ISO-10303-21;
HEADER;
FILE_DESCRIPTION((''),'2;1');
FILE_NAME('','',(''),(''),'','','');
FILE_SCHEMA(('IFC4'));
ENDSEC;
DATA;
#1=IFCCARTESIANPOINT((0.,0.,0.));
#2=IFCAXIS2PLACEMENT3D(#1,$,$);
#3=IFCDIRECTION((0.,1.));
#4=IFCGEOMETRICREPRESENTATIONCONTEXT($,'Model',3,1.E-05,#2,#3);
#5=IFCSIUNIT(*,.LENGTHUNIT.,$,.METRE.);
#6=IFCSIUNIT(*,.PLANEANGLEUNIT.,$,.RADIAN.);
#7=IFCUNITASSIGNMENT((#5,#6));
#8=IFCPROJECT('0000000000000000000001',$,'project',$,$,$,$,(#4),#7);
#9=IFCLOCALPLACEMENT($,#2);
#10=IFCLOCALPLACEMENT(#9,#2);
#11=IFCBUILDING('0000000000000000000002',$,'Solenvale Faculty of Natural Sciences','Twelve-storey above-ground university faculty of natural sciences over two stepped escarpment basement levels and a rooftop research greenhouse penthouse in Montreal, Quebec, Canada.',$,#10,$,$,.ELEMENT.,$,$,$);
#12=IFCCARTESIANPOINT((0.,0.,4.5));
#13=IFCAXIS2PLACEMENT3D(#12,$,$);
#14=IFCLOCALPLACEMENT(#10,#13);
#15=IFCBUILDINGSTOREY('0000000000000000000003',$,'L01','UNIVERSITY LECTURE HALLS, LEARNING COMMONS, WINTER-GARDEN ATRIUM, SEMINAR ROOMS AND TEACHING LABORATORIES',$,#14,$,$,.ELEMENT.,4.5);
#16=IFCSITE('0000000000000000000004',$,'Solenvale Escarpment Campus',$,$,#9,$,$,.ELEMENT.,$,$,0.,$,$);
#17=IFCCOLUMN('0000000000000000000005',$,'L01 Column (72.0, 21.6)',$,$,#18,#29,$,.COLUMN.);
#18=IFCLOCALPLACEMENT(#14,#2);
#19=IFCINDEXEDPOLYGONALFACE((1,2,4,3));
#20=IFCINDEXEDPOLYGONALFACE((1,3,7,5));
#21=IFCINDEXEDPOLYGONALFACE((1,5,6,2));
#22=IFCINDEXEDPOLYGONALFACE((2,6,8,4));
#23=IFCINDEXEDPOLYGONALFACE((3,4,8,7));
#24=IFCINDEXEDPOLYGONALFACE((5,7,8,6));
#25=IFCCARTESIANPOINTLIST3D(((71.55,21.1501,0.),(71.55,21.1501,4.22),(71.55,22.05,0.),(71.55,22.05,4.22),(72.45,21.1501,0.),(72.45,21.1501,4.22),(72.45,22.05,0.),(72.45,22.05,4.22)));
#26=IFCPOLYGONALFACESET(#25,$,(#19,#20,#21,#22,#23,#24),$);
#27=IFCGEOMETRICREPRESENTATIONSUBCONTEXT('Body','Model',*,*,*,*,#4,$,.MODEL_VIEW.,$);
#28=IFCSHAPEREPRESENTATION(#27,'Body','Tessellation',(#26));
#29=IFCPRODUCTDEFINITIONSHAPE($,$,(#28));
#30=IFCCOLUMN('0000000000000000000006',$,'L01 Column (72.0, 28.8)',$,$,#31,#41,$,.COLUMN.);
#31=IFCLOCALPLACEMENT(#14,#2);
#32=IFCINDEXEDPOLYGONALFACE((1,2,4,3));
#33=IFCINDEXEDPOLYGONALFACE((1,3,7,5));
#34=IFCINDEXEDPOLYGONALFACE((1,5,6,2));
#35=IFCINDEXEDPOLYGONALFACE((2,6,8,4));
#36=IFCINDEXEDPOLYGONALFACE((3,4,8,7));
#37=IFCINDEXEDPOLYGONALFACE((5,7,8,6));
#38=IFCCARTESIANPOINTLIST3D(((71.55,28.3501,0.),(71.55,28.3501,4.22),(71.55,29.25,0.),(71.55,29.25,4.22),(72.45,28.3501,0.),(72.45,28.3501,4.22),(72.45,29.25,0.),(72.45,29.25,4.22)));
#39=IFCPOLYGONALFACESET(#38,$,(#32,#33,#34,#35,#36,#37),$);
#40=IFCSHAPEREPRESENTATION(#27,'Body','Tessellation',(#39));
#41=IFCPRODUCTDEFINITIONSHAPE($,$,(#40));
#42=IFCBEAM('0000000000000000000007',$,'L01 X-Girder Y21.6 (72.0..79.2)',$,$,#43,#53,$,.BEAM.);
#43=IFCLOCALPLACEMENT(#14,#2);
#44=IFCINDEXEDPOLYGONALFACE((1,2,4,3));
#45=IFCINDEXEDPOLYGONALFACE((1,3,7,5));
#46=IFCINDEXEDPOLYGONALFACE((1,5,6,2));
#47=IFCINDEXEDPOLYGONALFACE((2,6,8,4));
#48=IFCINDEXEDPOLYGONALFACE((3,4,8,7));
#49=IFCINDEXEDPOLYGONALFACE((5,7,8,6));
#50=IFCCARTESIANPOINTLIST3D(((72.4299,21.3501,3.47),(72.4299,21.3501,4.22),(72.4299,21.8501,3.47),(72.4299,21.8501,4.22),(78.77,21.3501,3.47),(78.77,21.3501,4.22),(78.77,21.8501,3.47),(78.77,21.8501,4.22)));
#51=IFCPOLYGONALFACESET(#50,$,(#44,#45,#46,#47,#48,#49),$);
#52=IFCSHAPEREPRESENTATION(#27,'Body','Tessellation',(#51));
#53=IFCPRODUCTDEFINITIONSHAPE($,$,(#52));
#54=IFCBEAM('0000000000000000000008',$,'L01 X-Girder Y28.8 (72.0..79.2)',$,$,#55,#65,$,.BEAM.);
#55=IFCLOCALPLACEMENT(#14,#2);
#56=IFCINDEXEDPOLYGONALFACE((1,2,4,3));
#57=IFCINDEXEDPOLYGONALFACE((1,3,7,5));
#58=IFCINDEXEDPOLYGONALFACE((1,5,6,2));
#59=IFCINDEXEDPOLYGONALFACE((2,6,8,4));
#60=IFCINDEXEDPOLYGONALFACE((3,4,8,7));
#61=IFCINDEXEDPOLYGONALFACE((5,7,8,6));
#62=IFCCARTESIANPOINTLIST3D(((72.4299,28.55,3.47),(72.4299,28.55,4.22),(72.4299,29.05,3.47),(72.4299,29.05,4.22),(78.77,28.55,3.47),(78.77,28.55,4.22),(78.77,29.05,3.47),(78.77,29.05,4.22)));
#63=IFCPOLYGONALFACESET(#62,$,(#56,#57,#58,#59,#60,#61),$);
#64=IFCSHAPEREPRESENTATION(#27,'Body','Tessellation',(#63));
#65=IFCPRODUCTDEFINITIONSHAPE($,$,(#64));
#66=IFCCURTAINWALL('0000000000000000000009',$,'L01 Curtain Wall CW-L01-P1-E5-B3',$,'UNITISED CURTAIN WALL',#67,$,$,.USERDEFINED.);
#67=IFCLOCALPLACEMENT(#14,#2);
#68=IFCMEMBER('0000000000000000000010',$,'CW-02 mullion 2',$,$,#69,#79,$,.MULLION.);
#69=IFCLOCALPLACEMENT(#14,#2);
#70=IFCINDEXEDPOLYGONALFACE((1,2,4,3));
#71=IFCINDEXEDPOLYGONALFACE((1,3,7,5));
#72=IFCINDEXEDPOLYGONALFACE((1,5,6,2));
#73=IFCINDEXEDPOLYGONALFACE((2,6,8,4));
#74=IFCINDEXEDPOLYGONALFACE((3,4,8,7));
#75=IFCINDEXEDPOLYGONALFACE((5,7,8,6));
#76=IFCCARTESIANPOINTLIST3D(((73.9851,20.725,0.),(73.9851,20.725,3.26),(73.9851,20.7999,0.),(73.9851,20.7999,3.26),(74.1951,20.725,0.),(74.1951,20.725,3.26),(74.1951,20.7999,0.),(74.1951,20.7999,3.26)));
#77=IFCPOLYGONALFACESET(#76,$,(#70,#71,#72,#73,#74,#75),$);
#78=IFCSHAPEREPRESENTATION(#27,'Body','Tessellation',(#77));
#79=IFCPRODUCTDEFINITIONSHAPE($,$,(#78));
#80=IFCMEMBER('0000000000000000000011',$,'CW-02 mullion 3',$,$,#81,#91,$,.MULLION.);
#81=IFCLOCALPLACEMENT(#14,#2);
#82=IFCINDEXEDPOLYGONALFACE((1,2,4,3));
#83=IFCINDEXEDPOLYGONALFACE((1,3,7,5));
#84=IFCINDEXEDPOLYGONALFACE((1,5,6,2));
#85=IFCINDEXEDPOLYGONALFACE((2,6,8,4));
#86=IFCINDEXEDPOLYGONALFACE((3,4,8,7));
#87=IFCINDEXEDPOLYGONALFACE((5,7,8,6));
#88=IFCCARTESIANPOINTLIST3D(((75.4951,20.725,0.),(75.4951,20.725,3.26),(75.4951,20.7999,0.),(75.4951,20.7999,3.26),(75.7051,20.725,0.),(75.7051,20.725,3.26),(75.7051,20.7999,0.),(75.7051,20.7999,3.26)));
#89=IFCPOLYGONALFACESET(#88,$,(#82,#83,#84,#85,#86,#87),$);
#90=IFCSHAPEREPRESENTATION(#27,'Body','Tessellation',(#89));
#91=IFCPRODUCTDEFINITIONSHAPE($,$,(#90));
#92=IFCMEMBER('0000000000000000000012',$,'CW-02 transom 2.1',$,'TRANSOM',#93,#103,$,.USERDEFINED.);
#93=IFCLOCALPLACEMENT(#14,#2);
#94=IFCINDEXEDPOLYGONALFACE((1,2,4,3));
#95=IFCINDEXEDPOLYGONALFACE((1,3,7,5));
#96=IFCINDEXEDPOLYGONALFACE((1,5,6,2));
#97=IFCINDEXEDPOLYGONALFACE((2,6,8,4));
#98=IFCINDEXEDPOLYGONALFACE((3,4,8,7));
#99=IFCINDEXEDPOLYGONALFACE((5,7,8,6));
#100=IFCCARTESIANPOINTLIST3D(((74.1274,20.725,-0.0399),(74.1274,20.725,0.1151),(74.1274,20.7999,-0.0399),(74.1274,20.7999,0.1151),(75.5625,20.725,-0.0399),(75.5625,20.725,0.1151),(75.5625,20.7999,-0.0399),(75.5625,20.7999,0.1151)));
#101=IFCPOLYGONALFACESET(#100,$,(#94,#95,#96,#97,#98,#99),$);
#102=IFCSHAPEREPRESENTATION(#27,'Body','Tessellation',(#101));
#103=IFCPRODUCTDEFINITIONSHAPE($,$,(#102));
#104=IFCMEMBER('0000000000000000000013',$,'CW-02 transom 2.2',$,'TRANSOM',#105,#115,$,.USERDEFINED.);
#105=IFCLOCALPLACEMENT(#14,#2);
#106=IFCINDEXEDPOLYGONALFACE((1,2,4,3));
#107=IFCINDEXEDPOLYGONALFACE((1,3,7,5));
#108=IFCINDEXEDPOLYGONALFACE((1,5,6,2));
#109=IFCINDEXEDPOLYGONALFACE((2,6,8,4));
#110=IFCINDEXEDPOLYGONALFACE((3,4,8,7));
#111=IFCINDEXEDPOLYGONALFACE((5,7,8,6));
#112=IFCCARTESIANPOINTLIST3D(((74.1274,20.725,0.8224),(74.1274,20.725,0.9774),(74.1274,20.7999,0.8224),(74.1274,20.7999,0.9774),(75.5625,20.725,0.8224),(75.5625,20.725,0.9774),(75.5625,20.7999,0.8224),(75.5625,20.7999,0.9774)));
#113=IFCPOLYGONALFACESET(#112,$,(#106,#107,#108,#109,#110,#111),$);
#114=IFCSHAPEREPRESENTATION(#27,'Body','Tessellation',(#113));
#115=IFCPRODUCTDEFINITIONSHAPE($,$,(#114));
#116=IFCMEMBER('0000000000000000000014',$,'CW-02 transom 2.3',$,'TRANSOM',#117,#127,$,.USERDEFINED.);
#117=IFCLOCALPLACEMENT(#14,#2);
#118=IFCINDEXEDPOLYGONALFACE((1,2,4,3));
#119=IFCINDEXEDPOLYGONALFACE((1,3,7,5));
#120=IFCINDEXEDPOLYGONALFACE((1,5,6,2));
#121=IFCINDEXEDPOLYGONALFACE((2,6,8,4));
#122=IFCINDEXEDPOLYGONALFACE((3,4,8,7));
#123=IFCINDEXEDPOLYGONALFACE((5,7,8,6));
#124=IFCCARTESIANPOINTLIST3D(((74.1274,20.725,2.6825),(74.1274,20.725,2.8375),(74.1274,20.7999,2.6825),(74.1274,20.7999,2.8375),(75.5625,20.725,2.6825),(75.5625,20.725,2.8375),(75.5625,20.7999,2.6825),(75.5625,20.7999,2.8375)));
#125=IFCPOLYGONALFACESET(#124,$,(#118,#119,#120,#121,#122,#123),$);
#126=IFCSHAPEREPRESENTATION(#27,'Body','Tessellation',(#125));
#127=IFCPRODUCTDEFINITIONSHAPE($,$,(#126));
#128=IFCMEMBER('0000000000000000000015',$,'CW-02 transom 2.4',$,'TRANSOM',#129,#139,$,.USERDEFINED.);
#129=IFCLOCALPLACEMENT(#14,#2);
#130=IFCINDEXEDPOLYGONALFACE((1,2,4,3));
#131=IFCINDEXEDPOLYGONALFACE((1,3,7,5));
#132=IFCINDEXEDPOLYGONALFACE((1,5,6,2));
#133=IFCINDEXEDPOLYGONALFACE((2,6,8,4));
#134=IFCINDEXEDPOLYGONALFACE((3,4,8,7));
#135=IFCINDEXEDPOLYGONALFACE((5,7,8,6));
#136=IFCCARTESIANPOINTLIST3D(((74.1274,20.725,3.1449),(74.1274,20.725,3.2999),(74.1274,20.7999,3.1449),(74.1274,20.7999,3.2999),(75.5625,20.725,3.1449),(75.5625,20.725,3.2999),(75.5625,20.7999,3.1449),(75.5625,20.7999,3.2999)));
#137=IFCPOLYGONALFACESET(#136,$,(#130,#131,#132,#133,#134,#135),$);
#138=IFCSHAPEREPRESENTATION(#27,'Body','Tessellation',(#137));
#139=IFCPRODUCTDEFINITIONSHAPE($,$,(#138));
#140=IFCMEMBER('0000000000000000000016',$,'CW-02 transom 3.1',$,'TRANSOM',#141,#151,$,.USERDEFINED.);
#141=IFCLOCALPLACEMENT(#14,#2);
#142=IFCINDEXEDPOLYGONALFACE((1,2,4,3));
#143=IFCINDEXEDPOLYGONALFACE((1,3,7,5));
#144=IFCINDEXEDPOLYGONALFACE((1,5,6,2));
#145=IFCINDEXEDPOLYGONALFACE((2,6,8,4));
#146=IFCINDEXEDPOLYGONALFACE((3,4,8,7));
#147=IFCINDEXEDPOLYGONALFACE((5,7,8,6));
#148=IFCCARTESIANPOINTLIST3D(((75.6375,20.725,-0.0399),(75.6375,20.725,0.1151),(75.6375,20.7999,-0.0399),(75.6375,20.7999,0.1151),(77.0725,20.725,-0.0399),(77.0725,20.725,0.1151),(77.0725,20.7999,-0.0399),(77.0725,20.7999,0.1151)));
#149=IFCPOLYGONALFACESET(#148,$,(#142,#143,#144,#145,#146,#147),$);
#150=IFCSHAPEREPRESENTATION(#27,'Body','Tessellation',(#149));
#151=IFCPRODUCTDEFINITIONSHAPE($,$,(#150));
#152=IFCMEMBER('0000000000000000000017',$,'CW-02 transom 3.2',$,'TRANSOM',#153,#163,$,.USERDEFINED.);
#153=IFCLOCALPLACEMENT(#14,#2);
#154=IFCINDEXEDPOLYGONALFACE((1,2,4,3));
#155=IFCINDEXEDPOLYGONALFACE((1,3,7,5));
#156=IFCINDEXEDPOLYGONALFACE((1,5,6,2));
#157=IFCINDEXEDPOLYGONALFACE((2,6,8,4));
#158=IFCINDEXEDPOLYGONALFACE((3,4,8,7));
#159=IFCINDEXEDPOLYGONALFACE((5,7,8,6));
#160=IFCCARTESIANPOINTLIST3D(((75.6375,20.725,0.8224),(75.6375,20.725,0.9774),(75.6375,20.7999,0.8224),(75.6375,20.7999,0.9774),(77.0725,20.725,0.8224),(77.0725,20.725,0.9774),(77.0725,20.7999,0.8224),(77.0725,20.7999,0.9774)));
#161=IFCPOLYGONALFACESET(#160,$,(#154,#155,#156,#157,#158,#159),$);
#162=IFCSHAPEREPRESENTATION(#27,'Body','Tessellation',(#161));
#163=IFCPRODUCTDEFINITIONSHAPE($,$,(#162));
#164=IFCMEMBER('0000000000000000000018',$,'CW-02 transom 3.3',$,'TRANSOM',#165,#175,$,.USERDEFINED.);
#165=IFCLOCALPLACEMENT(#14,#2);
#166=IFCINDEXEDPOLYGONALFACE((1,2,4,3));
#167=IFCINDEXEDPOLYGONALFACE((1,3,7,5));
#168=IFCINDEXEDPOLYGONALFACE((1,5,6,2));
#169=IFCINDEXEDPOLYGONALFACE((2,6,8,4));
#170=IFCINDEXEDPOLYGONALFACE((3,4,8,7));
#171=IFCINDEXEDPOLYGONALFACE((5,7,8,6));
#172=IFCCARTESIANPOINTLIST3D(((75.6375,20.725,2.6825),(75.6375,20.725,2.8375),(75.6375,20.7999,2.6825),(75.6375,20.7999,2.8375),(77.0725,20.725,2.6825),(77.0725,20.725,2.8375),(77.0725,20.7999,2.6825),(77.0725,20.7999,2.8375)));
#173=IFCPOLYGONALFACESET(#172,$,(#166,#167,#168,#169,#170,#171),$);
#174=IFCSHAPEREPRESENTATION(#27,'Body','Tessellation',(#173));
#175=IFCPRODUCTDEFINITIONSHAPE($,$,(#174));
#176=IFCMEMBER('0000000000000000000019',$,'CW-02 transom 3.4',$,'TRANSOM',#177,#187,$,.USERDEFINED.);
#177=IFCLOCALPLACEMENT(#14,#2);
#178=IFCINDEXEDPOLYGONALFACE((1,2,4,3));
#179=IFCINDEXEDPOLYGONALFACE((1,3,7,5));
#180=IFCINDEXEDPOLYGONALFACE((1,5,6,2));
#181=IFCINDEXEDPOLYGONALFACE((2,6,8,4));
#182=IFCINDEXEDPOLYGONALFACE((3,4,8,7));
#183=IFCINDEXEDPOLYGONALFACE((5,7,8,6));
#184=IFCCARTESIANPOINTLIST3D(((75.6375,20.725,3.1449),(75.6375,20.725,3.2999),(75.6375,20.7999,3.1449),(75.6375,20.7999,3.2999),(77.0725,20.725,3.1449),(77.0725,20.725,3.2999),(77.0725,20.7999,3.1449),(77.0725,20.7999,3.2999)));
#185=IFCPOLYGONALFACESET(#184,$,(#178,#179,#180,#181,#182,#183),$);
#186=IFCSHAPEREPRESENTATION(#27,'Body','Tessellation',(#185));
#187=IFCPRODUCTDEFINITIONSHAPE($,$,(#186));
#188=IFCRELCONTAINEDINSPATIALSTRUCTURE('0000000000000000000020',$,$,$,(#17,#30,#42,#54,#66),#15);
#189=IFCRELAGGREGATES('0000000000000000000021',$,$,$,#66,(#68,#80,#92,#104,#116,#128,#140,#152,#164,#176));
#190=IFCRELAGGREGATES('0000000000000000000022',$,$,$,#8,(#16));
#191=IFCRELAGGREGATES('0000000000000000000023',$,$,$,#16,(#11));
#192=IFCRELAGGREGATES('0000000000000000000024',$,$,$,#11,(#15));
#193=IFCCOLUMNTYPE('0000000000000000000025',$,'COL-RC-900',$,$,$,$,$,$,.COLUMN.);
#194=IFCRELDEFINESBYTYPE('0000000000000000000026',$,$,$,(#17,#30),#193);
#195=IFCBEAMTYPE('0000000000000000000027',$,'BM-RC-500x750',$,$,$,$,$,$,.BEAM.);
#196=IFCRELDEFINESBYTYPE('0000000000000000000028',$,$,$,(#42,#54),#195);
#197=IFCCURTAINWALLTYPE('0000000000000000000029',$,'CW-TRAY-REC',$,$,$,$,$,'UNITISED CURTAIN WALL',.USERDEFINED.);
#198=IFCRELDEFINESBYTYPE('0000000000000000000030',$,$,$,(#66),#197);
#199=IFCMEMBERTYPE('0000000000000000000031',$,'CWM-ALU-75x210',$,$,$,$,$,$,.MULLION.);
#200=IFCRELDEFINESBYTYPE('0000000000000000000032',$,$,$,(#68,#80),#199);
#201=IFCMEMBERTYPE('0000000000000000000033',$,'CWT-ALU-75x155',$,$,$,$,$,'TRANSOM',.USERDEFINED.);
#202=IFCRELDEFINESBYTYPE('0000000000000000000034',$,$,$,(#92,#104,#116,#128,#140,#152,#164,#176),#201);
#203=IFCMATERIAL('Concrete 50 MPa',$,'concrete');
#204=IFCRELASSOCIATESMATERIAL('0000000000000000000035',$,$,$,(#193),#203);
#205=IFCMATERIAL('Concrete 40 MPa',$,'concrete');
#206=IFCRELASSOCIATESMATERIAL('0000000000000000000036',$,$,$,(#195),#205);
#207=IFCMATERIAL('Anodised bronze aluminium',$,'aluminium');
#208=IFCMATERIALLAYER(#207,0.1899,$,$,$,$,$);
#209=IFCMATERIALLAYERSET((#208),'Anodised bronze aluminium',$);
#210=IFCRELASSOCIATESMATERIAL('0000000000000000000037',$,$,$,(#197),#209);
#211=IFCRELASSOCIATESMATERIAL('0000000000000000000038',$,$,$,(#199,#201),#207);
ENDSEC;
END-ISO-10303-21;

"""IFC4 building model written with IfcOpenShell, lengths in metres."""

from ifc_helpers import new_model, si_unit, direction, frame, origin, origin_2d, place, context, subcontext, project, spatial, rectangle, extrude, material, layer, layer_set, material_profile, profile_set, type_object, element, aggregate, save


model = new_model("IFC4")

# Units and contexts
model_context = context("Model", 3, precision=1e-05, world=origin(), true_north=direction((0.0, 1.0)))
body_context = subcontext(model_context, "Body", "Model", "MODEL_VIEW")
ifc_project = project(units=[si_unit("LENGTHUNIT", "METRE"), si_unit("PLANEANGLEUNIT", "RADIAN")], contexts=[model_context])

# Site, building, storey
site_placement = place(None, origin())
site = spatial("IfcSite", under=ifc_project, at=site_placement, Name="Solenvale Escarpment Campus", CompositionType="ELEMENT", RefElevation=0.0)
building_placement = place(site_placement, origin())
building = spatial("IfcBuilding", under=site, at=building_placement, Name="Solenvale Faculty of Natural Sciences", Description="Twelve-storey above-ground university faculty of natural sciences over two stepped escarpment basement levels and a rooftop research greenhouse penthouse in Montreal, Quebec, Canada.", CompositionType="ELEMENT")
storey_placement = place(building_placement, frame((0.0, 0.0, 4.5)))
storey = spatial("IfcBuildingStorey", under=building, at=storey_placement, Name="L01", Description="UNIVERSITY LECTURE HALLS, LEARNING COMMONS, WINTER-GARDEN ATRIUM, SEMINAR ROOMS AND TEACHING LABORATORIES", CompositionType="ELEMENT", Elevation=4.5)

# Columns
ifc_material_1 = material(Name="Concrete 50 MPa", Category="concrete")
ifc_material_profile_1 = material_profile(ifc_material_1, rectangle(XDim=0.8999, YDim=0.8999, at=origin_2d()), Name="RC-COL-900x900")
ifc_profile_set_1 = profile_set([ifc_material_profile_1], Name="Concrete 50 MPa")
column_type = type_object("IfcColumnType", Name="COL-RC-900", PredefinedType="COLUMN", material=ifc_profile_set_1)
for number, where, z_axis, x_axis, name in (
    (1, (72.0, 21.6001, 0.0), (0.0, 0.0, 1.0), (1.0, 0.0, 0.0), "L01 Column (72.0, 21.6)"),
    (2, (72.0, 28.8, 0.0), (0.0, 0.0, 1.0), (1.0, 0.0, 0.0), "L01 Column (72.0, 28.8)"),
):
    element("IfcColumn", number, at=place(storey_placement, frame(where, z_axis=z_axis, x_axis=x_axis)), inside=storey, type_object=column_type, Name=name, PredefinedType="COLUMN", context=body_context, shape_type="SweptSolid", body=[
        extrude(rectangle(XDim=0.8999, YDim=0.8999, at=origin_2d()), origin(), (0.0, 0.0, 1.0), 4.22),
    ])

# Beams
ifc_material_2 = material(Name="Concrete 40 MPa", Category="concrete")
ifc_material_profile_2 = material_profile(ifc_material_2, rectangle(XDim=0.5, YDim=0.75, at=origin_2d()), Name="RC-BM-500x750")
ifc_profile_set_2 = profile_set([ifc_material_profile_2], Name="Concrete 40 MPa")
beam_type = type_object("IfcBeamType", Name="BM-RC-500x750", PredefinedType="BEAM", material=ifc_profile_set_2)
for number, where, z_axis, x_axis, name in (
    (3, (72.4299, 21.6001, 3.845), (1.0, 0.0, 0.0), (0.0, 1.0, 0.0), "L01 X-Girder Y21.6 (72.0..79.2)"),
    (4, (72.4299, 28.8, 3.845), (1.0, 0.0, 0.0), (0.0, 1.0, 0.0), "L01 X-Girder Y28.8 (72.0..79.2)"),
):
    element("IfcBeam", number, at=place(storey_placement, frame(where, z_axis=z_axis, x_axis=x_axis)), inside=storey, type_object=beam_type, Name=name, PredefinedType="BEAM", context=body_context, shape_type="SweptSolid", body=[
        extrude(rectangle(XDim=0.5, YDim=0.75, at=origin_2d()), origin(), (0.0, 0.0, 1.0), 6.3401),
    ])

# Curtain wall, members
ifc_material_3 = material(Name="Anodised bronze aluminium", Category="aluminium")
ifc_layer_1 = layer(ifc_material_3, 0.1899)
ifc_layer_set_1 = layer_set([ifc_layer_1], Name="Anodised bronze aluminium")
curtain_wall_type = type_object("IfcCurtainWallType", Name="CW-TRAY-REC", ElementType="UNITISED CURTAIN WALL", PredefinedType="USERDEFINED", material=ifc_layer_set_1)
curtain_wall_placement = place(storey_placement, origin())
curtain_wall = element("IfcCurtainWall", 5, at=curtain_wall_placement, inside=storey, type_object=curtain_wall_type, Name="L01 Curtain Wall CW-L01-P1-E5-B3", ObjectType="UNITISED CURTAIN WALL", PredefinedType="USERDEFINED")
ifc_material_profile_3 = material_profile(ifc_material_3, rectangle(XDim=0.075, YDim=0.21, at=origin_2d()), Name="ALU-MUL-75x210")
ifc_profile_set_3 = profile_set([ifc_material_profile_3], Name="Anodised bronze aluminium")
member_type_1 = type_object("IfcMemberType", Name="CWM-ALU-75x210", PredefinedType="MULLION", material=ifc_profile_set_3)
member_1_placement = place(storey_placement, frame((74.0901, 20.7625, 0.0), z_axis=(0.0, 0.0, 1.0), x_axis=(0.0, 1.0, 0.0)))
member_1 = element("IfcMember", 6, at=member_1_placement, type_object=member_type_1, Name="CW-02 mullion 2", PredefinedType="MULLION", context=body_context, shape_type="SweptSolid", body=[
    extrude(rectangle(XDim=0.075, YDim=0.21, at=origin_2d()), origin(), (0.0, 0.0, 1.0), 3.26),
])
member_2_placement = place(storey_placement, frame((75.6001, 20.7625, 0.0), z_axis=(0.0, 0.0, 1.0), x_axis=(0.0, 1.0, 0.0)))
member_2 = element("IfcMember", 7, at=member_2_placement, type_object=member_type_1, Name="CW-02 mullion 3", PredefinedType="MULLION", context=body_context, shape_type="SweptSolid", body=[
    extrude(rectangle(XDim=0.075, YDim=0.21, at=origin_2d()), origin(), (0.0, 0.0, 1.0), 3.26),
])
ifc_material_profile_4 = material_profile(ifc_material_3, rectangle(XDim=0.075, YDim=0.155, at=origin_2d()), Name="ALU-TRN-75x155")
ifc_profile_set_4 = profile_set([ifc_material_profile_4], Name="Anodised bronze aluminium")
member_type_2 = type_object("IfcMemberType", Name="CWT-ALU-75x155", ElementType="TRANSOM", PredefinedType="USERDEFINED", material=ifc_profile_set_4)
member_3_placement = place(storey_placement, frame((74.1274, 20.7625, 0.0376), z_axis=(1.0, 0.0, 0.0), x_axis=(0.0, 1.0, 0.0)))
member_3 = element("IfcMember", 8, at=member_3_placement, type_object=member_type_2, Name="CW-02 transom 2.1", ObjectType="TRANSOM", PredefinedType="USERDEFINED", context=body_context, shape_type="SweptSolid", body=[
    extrude(rectangle(XDim=0.075, YDim=0.155, at=origin_2d()), origin(), (0.0, 0.0, 1.0), 1.4351),
])
member_4_placement = place(storey_placement, frame((74.1274, 20.7625, 0.8999), z_axis=(1.0, 0.0, 0.0), x_axis=(0.0, 1.0, 0.0)))
member_4 = element("IfcMember", 9, at=member_4_placement, type_object=member_type_2, Name="CW-02 transom 2.2", ObjectType="TRANSOM", PredefinedType="USERDEFINED", context=body_context, shape_type="SweptSolid", body=[
    extrude(rectangle(XDim=0.075, YDim=0.155, at=origin_2d()), origin(), (0.0, 0.0, 1.0), 1.4351),
])
member_5_placement = place(storey_placement, frame((74.1274, 20.7625, 2.76), z_axis=(1.0, 0.0, 0.0), x_axis=(0.0, 1.0, 0.0)))
member_5 = element("IfcMember", 10, at=member_5_placement, type_object=member_type_2, Name="CW-02 transom 2.3", ObjectType="TRANSOM", PredefinedType="USERDEFINED", context=body_context, shape_type="SweptSolid", body=[
    extrude(rectangle(XDim=0.075, YDim=0.155, at=origin_2d()), origin(), (0.0, 0.0, 1.0), 1.4351),
])
member_6_placement = place(storey_placement, frame((74.1274, 20.7625, 3.2224), z_axis=(1.0, 0.0, 0.0), x_axis=(0.0, 1.0, 0.0)))
member_6 = element("IfcMember", 11, at=member_6_placement, type_object=member_type_2, Name="CW-02 transom 2.4", ObjectType="TRANSOM", PredefinedType="USERDEFINED", context=body_context, shape_type="SweptSolid", body=[
    extrude(rectangle(XDim=0.075, YDim=0.155, at=origin_2d()), origin(), (0.0, 0.0, 1.0), 1.4351),
])
member_7_placement = place(storey_placement, frame((75.6375, 20.7625, 0.0376), z_axis=(1.0, 0.0, 0.0), x_axis=(0.0, 1.0, 0.0)))
member_7 = element("IfcMember", 12, at=member_7_placement, type_object=member_type_2, Name="CW-02 transom 3.1", ObjectType="TRANSOM", PredefinedType="USERDEFINED", context=body_context, shape_type="SweptSolid", body=[
    extrude(rectangle(XDim=0.075, YDim=0.155, at=origin_2d()), origin(), (0.0, 0.0, 1.0), 1.4351),
])
member_8_placement = place(storey_placement, frame((75.6375, 20.7625, 0.8999), z_axis=(1.0, 0.0, 0.0), x_axis=(0.0, 1.0, 0.0)))
member_8 = element("IfcMember", 13, at=member_8_placement, type_object=member_type_2, Name="CW-02 transom 3.2", ObjectType="TRANSOM", PredefinedType="USERDEFINED", context=body_context, shape_type="SweptSolid", body=[
    extrude(rectangle(XDim=0.075, YDim=0.155, at=origin_2d()), origin(), (0.0, 0.0, 1.0), 1.4351),
])
member_9_placement = place(storey_placement, frame((75.6375, 20.7625, 2.76), z_axis=(1.0, 0.0, 0.0), x_axis=(0.0, 1.0, 0.0)))
member_9 = element("IfcMember", 14, at=member_9_placement, type_object=member_type_2, Name="CW-02 transom 3.3", ObjectType="TRANSOM", PredefinedType="USERDEFINED", context=body_context, shape_type="SweptSolid", body=[
    extrude(rectangle(XDim=0.075, YDim=0.155, at=origin_2d()), origin(), (0.0, 0.0, 1.0), 1.4351),
])
member_10_placement = place(storey_placement, frame((75.6375, 20.7625, 3.2224), z_axis=(1.0, 0.0, 0.0), x_axis=(0.0, 1.0, 0.0)))
member_10 = element("IfcMember", 15, at=member_10_placement, type_object=member_type_2, Name="CW-02 transom 3.4", ObjectType="TRANSOM", PredefinedType="USERDEFINED", context=body_context, shape_type="SweptSolid", body=[
    extrude(rectangle(XDim=0.075, YDim=0.155, at=origin_2d()), origin(), (0.0, 0.0, 1.0), 1.4351),
])
aggregate(curtain_wall, [member_1, member_2, member_3, member_4, member_5, member_6, member_7, member_8, member_9, member_10])

save(model, "model.ifc")
